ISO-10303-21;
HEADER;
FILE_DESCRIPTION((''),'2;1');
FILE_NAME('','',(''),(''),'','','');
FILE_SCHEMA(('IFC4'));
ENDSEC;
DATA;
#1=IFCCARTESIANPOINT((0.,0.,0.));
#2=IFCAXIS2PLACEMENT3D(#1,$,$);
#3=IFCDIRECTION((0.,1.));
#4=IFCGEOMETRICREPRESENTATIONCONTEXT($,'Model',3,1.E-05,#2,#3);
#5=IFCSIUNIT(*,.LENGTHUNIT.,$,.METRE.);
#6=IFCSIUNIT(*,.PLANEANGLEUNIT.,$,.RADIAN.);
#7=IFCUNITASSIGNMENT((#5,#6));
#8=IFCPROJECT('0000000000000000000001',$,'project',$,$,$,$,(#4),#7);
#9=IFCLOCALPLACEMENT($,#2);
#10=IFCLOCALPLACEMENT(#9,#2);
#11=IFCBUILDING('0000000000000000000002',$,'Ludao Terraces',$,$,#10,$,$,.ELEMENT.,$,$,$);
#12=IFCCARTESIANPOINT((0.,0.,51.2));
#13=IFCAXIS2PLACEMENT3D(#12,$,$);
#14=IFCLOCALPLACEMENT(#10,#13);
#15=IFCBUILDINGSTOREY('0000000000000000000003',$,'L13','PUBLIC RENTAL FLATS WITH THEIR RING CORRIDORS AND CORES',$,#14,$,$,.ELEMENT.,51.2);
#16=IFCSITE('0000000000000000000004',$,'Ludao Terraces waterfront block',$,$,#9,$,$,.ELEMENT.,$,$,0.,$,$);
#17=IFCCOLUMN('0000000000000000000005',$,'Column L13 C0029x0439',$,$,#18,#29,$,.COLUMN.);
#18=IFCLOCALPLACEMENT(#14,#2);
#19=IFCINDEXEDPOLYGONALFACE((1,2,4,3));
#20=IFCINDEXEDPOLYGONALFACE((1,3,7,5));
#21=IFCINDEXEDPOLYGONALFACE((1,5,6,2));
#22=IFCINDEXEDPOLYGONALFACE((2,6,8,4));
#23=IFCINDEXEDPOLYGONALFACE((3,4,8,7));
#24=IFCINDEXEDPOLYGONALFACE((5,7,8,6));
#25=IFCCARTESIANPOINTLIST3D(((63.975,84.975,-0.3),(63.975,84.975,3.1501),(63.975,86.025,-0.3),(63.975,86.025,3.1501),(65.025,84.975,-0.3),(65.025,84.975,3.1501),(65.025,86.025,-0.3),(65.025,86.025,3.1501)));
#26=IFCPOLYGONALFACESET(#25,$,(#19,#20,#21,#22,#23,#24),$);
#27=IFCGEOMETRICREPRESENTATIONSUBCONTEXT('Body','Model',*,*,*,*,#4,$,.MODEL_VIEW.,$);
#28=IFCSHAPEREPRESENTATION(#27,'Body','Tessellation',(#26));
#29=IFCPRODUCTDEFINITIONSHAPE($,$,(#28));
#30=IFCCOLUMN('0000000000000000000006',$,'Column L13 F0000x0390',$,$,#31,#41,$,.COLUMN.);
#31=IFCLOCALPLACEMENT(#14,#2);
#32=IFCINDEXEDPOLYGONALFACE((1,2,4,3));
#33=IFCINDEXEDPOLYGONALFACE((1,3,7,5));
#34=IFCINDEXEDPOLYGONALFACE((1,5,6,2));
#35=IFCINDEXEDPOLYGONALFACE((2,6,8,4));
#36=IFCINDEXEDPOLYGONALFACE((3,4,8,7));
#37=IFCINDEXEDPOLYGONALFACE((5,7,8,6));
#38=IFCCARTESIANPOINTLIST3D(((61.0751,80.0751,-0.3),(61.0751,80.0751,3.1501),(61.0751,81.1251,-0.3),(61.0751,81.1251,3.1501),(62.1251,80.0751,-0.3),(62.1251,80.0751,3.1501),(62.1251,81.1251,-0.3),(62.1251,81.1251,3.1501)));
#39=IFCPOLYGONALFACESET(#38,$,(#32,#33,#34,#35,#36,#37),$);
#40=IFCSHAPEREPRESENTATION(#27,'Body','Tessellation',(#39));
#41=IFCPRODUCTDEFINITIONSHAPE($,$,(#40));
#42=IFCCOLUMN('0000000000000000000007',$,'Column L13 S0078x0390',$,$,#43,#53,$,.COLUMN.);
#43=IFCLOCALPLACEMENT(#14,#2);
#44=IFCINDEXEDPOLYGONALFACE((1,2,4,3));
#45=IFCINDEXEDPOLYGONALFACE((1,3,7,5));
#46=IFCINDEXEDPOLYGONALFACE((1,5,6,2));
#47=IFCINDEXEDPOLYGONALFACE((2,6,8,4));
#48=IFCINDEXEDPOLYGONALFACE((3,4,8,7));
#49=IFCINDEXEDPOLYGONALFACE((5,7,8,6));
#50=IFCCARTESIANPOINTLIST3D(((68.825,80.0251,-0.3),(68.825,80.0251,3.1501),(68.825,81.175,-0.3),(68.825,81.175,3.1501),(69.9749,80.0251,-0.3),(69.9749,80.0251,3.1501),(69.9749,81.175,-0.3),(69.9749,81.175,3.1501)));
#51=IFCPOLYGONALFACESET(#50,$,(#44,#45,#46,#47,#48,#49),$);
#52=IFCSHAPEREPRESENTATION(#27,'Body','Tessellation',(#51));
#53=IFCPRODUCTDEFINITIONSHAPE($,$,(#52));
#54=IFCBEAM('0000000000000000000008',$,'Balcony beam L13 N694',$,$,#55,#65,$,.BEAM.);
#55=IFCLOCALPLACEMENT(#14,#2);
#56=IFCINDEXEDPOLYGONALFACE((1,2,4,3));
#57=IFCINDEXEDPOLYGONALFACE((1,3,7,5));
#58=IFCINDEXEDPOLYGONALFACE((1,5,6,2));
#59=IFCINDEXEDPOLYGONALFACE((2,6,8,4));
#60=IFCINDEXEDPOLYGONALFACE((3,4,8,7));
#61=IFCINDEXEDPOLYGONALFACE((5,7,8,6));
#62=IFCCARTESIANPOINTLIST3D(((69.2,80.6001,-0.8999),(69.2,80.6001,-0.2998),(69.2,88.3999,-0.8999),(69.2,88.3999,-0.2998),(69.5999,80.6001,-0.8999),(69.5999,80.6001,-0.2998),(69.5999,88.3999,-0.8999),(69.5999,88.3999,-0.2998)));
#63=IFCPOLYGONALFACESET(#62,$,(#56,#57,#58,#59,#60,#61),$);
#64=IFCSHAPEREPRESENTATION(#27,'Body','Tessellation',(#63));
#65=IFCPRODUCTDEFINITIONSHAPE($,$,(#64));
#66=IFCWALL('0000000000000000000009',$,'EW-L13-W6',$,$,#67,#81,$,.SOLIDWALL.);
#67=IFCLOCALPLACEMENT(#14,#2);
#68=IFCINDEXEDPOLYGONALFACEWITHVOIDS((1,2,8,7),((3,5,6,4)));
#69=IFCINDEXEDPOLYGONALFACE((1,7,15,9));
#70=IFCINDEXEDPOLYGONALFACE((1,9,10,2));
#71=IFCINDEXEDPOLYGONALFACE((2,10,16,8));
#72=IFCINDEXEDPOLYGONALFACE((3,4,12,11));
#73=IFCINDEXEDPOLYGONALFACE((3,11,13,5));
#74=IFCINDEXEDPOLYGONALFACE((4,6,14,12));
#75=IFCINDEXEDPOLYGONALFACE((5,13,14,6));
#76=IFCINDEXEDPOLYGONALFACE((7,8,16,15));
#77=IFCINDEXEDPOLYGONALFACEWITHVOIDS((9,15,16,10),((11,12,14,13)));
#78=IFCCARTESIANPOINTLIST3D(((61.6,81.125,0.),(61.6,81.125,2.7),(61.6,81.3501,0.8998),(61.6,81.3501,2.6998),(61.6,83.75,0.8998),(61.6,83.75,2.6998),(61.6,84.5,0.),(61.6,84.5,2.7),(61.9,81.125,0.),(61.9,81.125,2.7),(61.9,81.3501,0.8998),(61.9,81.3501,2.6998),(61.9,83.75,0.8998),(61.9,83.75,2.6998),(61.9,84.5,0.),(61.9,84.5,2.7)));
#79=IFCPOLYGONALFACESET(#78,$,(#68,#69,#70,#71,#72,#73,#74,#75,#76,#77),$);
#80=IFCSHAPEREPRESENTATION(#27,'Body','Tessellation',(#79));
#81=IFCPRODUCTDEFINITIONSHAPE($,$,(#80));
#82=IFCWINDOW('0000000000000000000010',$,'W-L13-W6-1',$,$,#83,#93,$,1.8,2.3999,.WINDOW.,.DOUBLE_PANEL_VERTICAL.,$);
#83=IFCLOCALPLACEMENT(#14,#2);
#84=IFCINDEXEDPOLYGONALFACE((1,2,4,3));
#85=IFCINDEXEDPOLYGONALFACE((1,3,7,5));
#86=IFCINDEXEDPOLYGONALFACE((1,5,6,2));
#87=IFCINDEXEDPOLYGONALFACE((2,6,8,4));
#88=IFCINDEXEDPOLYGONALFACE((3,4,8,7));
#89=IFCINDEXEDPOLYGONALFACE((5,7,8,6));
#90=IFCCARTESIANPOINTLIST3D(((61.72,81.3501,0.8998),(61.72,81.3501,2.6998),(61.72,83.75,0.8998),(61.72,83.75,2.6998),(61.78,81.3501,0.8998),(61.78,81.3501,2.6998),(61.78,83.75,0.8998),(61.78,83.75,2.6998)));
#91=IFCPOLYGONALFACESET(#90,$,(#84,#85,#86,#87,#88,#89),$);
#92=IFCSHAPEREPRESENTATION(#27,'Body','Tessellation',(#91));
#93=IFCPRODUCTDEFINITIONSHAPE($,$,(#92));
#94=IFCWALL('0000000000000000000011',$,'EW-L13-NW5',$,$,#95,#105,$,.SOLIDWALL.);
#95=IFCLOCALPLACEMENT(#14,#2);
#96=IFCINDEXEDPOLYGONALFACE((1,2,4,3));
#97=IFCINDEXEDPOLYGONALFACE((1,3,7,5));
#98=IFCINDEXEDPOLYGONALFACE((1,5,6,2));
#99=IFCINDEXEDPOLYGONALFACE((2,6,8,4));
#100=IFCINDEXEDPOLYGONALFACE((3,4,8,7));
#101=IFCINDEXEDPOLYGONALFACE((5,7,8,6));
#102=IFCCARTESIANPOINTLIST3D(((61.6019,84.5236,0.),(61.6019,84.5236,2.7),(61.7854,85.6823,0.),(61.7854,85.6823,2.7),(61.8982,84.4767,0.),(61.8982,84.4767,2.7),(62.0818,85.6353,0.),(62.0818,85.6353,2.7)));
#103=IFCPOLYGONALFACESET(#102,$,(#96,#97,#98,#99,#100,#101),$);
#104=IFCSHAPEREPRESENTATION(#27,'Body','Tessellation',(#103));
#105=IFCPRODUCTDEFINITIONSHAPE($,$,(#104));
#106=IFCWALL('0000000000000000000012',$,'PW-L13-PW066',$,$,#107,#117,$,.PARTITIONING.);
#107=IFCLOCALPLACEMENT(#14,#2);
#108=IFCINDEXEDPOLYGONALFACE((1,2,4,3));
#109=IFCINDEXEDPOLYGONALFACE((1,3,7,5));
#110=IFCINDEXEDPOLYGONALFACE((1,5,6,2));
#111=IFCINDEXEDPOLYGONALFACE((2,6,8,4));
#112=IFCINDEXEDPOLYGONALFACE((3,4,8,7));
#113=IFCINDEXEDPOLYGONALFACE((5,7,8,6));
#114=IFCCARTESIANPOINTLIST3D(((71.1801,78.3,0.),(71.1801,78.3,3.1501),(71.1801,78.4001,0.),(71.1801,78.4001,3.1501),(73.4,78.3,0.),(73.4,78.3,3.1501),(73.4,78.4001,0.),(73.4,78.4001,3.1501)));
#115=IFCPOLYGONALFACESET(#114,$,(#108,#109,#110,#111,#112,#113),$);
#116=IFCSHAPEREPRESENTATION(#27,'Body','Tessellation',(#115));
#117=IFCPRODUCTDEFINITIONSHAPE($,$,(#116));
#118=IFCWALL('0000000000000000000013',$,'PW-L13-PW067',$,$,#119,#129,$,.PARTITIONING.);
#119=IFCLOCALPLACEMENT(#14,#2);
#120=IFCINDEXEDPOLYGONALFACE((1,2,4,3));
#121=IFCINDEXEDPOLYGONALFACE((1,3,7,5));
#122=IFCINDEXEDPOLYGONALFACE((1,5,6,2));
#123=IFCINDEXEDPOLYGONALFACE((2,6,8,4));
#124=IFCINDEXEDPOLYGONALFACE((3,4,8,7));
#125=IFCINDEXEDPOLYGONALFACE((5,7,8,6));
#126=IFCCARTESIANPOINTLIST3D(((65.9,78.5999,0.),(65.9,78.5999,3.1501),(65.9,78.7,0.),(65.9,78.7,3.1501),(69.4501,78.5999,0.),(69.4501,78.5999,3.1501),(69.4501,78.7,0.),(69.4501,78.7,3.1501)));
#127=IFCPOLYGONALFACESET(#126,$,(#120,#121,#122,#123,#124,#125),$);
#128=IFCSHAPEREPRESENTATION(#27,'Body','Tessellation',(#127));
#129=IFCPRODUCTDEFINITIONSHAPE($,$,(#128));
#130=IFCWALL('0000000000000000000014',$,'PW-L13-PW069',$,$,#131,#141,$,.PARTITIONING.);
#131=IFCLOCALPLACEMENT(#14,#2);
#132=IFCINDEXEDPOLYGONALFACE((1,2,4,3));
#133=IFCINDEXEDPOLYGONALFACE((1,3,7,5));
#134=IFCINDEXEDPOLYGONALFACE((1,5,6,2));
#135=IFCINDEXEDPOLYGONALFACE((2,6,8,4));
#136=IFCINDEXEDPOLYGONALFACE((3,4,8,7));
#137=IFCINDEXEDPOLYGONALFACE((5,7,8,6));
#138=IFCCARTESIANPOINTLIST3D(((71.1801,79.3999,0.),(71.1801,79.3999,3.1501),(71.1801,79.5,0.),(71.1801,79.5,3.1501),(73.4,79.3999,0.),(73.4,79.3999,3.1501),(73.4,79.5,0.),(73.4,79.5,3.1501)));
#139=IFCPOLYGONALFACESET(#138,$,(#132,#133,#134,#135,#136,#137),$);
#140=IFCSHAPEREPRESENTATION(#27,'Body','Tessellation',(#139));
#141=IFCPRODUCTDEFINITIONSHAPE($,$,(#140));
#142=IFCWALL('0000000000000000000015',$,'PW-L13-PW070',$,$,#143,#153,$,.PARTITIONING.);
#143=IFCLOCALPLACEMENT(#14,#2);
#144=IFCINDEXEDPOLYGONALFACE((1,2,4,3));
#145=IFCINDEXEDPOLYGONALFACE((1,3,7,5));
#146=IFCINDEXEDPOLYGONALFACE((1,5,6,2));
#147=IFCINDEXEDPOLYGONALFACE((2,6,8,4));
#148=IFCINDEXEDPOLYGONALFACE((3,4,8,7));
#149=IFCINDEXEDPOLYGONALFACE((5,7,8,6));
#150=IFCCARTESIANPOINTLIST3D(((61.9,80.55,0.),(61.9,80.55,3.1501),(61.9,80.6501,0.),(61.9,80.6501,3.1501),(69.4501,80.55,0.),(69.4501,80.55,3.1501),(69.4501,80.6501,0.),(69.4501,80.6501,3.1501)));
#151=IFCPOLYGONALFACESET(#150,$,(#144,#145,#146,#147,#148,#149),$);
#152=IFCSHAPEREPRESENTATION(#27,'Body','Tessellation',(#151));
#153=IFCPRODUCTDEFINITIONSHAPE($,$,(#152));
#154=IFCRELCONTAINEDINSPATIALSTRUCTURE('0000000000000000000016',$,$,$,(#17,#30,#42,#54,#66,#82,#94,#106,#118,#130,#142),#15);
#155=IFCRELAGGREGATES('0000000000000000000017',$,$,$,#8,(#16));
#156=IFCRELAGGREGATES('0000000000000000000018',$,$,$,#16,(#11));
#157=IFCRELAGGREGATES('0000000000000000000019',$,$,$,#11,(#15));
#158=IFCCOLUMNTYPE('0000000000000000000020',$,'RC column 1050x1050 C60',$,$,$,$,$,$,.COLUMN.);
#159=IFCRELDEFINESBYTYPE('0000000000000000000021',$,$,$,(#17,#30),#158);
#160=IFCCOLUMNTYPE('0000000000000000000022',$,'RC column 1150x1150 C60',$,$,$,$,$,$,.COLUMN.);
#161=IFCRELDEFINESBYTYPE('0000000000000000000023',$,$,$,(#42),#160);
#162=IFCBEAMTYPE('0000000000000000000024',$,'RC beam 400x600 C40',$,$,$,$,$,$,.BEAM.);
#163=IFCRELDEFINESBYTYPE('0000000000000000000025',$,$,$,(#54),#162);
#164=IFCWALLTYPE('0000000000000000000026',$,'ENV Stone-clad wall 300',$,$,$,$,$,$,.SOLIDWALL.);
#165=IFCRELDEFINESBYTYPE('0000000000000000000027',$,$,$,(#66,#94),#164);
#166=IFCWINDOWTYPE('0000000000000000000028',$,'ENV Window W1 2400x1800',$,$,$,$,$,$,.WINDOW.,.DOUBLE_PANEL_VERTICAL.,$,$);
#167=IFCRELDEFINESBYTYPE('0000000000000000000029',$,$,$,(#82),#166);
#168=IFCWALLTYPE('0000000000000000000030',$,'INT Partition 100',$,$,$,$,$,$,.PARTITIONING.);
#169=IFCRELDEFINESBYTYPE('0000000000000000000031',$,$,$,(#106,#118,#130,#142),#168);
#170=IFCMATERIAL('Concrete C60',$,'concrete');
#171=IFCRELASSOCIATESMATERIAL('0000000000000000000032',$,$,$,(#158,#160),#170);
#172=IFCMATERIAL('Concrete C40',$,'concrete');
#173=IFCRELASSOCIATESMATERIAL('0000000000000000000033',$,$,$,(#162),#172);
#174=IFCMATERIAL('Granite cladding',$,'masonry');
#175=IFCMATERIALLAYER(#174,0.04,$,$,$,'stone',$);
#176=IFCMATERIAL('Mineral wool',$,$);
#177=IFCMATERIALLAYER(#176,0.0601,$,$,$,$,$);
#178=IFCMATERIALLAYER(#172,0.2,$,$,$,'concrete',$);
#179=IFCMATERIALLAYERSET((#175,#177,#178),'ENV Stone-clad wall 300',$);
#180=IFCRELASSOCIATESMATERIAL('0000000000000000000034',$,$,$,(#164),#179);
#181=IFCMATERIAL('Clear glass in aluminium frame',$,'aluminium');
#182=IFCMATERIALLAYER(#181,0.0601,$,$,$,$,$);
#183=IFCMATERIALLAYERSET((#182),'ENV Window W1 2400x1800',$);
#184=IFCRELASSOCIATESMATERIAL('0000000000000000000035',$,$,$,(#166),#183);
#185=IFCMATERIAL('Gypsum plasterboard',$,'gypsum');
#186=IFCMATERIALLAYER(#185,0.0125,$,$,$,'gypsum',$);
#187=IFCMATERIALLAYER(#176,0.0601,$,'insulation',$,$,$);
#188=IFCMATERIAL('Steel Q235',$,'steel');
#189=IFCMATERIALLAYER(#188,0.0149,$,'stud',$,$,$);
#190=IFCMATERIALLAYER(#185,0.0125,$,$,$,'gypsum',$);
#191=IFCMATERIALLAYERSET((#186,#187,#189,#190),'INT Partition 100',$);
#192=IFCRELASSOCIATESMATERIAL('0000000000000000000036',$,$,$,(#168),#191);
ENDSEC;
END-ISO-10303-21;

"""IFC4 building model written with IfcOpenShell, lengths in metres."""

from ifc_helpers import new_model, si_unit, direction, frame, frame_2d, origin, origin_2d, place, context, subcontext, project, spatial, rectangle, extrude, material, layer, layer_set, material_profile, profile_set, type_object, element, fill, save


model = new_model("IFC4")

# Units and contexts
model_context = context("Model", 3, precision=1e-05, world=origin(), true_north=direction((0.0, 1.0)))
body_context = subcontext(model_context, "Body", "Model", "MODEL_VIEW")
ifc_project = project(units=[si_unit("LENGTHUNIT", "METRE"), si_unit("PLANEANGLEUNIT", "RADIAN")], contexts=[model_context])

# Site, building, storey
site_placement = place(None, origin())
site = spatial("IfcSite", under=ifc_project, at=site_placement, Name="Ludao Terraces waterfront block", CompositionType="ELEMENT", RefElevation=0.0)
building_placement = place(site_placement, origin())
building = spatial("IfcBuilding", under=site, at=building_placement, Name="Ludao Terraces", CompositionType="ELEMENT")
storey_placement = place(building_placement, frame((0.0, 0.0, 51.2)))
storey = spatial("IfcBuildingStorey", under=building, at=storey_placement, Name="L13", Description="PUBLIC RENTAL FLATS WITH THEIR RING CORRIDORS AND CORES", CompositionType="ELEMENT", Elevation=51.2)

# Columns
ifc_material_1 = material(Name="Concrete C60", Category="concrete")
ifc_material_profile_1 = material_profile(ifc_material_1, rectangle(XDim=1.05, YDim=1.05, at=origin_2d()), Name="1050 X 1050")
ifc_profile_set_1 = profile_set([ifc_material_profile_1], Name="Concrete C60")
column_type_1 = type_object("IfcColumnType", Name="RC column 1050x1050 C60", PredefinedType="COLUMN", material=ifc_profile_set_1)
for number, where, z_axis, x_axis, name in (
    (1, (64.5, 85.5, -0.3), (0.0, 0.0, 1.0), (1.0, 0.0, 0.0), "Column L13 C0029x0439"),
    (2, (61.6001, 80.6001, -0.3), (0.0, 0.0, 1.0), (1.0, 0.0, 0.0), "Column L13 F0000x0390"),
):
    element("IfcColumn", number, at=place(storey_placement, frame(where, z_axis=z_axis, x_axis=x_axis)), inside=storey, type_object=column_type_1, Name=name, PredefinedType="COLUMN", context=body_context, shape_type="SweptSolid", body=[
        extrude(rectangle(XDim=1.05, YDim=1.05, at=origin_2d()), origin(), (0.0, 0.0, 1.0), 3.4502),
    ])
ifc_material_profile_2 = material_profile(ifc_material_1, rectangle(XDim=1.1499, YDim=1.1499, at=origin_2d()), Name="1150 X 1150")
ifc_profile_set_2 = profile_set([ifc_material_profile_2], Name="Concrete C60")
column_type_2 = type_object("IfcColumnType", Name="RC column 1150x1150 C60", PredefinedType="COLUMN", material=ifc_profile_set_2)
column_placement = place(storey_placement, frame((69.3999, 80.6001, -0.3), z_axis=(0.0, 0.0, 1.0), x_axis=(1.0, 0.0, 0.0)))
element("IfcColumn", 3, at=column_placement, inside=storey, type_object=column_type_2, Name="Column L13 S0078x0390", PredefinedType="COLUMN", context=body_context, shape_type="SweptSolid", body=[
    extrude(rectangle(XDim=1.1499, YDim=1.1499, at=origin_2d()), origin(), (0.0, 0.0, 1.0), 3.4502),
])

# Beam
ifc_material_2 = material(Name="Concrete C40", Category="concrete")
ifc_material_profile_3 = material_profile(ifc_material_2, rectangle(XDim=0.3999, YDim=0.6001, at=origin_2d()), Name="400 X 600")
ifc_profile_set_3 = profile_set([ifc_material_profile_3], Name="Concrete C40")
beam_type = type_object("IfcBeamType", Name="RC beam 400x600 C40", PredefinedType="BEAM", material=ifc_profile_set_3)
beam_placement = place(storey_placement, frame((69.3999, 80.6001, -0.5999), z_axis=(0.0, 1.0, 0.0), x_axis=(-1.0, 0.0, 0.0)))
element("IfcBeam", 4, at=beam_placement, inside=storey, type_object=beam_type, Name="Balcony beam L13 N694", PredefinedType="BEAM", context=body_context, shape_type="SweptSolid", body=[
    extrude(rectangle(XDim=0.3999, YDim=0.6001, at=origin_2d()), origin(), (0.0, 0.0, 1.0), 7.7998),
])

# Wall, opening, window
ifc_material_3 = material(Name="Granite cladding", Category="masonry")
ifc_layer_1 = layer(ifc_material_3, 0.04, Category="stone")
ifc_material_4 = material(Name="Mineral wool")
ifc_layer_2 = layer(ifc_material_4, 0.0601)
ifc_layer_3 = layer(ifc_material_2, 0.2, Category="concrete")
ifc_layer_set_1 = layer_set([ifc_layer_1, ifc_layer_2, ifc_layer_3], Name="ENV Stone-clad wall 300")
wall_type_1 = type_object("IfcWallType", Name="ENV Stone-clad wall 300", PredefinedType="SOLIDWALL", material=ifc_layer_set_1)
wall_1_placement = place(storey_placement, frame((61.75, 81.125, 0.0), z_axis=(0.0, 0.0, 1.0), x_axis=(0.0, 1.0, 0.0)))
wall_1 = element("IfcWall", 5, at=wall_1_placement, inside=storey, type_object=wall_type_1, Name="EW-L13-W6", PredefinedType="SOLIDWALL", context=body_context, shape_type="SweptSolid", body=[
    extrude(rectangle(XDim=3.375, YDim=0.3, at=frame_2d((1.6875, 0.0))), origin(), (0.0, 0.0, 1.0), 2.7),
])
opening_1_placement = place(wall_1_placement, frame((0.2251, 0.0, 0.8999)))
opening_1 = element("IfcOpeningElement", 6, at=opening_1_placement, cuts=wall_1, PredefinedType="OPENING", context=body_context, shape_type="SweptSolid", body=[
    extrude(rectangle(XDim=2.3999, YDim=1.8, at=frame_2d((1.2, 0.8999))), frame((0.0, 0.1602, 0.0), z_axis=(0.0, -1.0, 0.0), x_axis=(1.0, 0.0, 0.0)), (0.0, 0.0, 1.0), 0.3201),
])
ifc_material_5 = material(Name="Clear glass in aluminium frame", Category="aluminium")
ifc_layer_4 = layer(ifc_material_5, 0.0601)
ifc_layer_set_2 = layer_set([ifc_layer_4], Name="ENV Window W1 2400x1800")
window_type = type_object("IfcWindowType", Name="ENV Window W1 2400x1800", PartitioningType="DOUBLE_PANEL_VERTICAL", PredefinedType="WINDOW", material=ifc_layer_set_2)
window_placement = place(opening_1_placement, origin())
window = element("IfcWindow", 7, at=window_placement, inside=storey, type_object=window_type, Name="W-L13-W6-1", OverallHeight=1.8, OverallWidth=2.3999, PartitioningType="DOUBLE_PANEL_VERTICAL", PredefinedType="WINDOW", context=body_context, shape_type="SweptSolid", body=[
    extrude(rectangle(XDim=2.3999, YDim=1.8, at=frame_2d((1.2, 0.8999))), frame((0.0, 0.03, 0.0), z_axis=(0.0, -1.0, 0.0), x_axis=(1.0, 0.0, 0.0)), (0.0, 0.0, 1.0), 0.0601),
])
fill(opening_1, window)

# Walls
wall_2_placement = place(storey_placement, frame((61.9336, 85.6587, 0.0), z_axis=(0.0, 0.0, 1.0), x_axis=(-0.156497, -0.987678, 0.0)))
element("IfcWall", 8, at=wall_2_placement, inside=storey, type_object=wall_type_1, Name="EW-L13-NW5", PredefinedType="SOLIDWALL", context=body_context, shape_type="SweptSolid", body=[
    extrude(rectangle(XDim=1.1731, YDim=0.3, at=frame_2d((0.5864, 0.0))), origin(), (0.0, 0.0, 1.0), 2.7),
])
ifc_material_6 = material(Name="Gypsum plasterboard", Category="gypsum")
ifc_layer_5 = layer(ifc_material_6, 0.0125, Category="gypsum")
ifc_layer_6 = layer(ifc_material_4, 0.0601, Name="insulation")
ifc_material_7 = material(Name="Steel Q235", Category="steel")
ifc_layer_7 = layer(ifc_material_7, 0.0149, Name="stud")
ifc_layer_8 = layer(ifc_material_6, 0.0125, Category="gypsum")
ifc_layer_set_3 = layer_set([ifc_layer_5, ifc_layer_6, ifc_layer_7, ifc_layer_8], Name="INT Partition 100")
wall_type_2 = type_object("IfcWallType", Name="INT Partition 100", PredefinedType="PARTITIONING", material=ifc_layer_set_3)
wall_3_placement = place(storey_placement, frame((71.1802, 78.3501, 0.0), z_axis=(0.0, 0.0, 1.0), x_axis=(1.0, 0.0, 0.0)))
element("IfcWall", 9, at=wall_3_placement, inside=storey, type_object=wall_type_2, Name="PW-L13-PW066", PredefinedType="PARTITIONING", context=body_context, shape_type="SweptSolid", body=[
    extrude(rectangle(XDim=2.22, YDim=0.1001, at=frame_2d((1.1099, 0.0))), origin(), (0.0, 0.0, 1.0), 3.1501),
])
wall_4_placement = place(storey_placement, frame((65.9001, 78.6499, 0.0), z_axis=(0.0, 0.0, 1.0), x_axis=(1.0, 0.0, 0.0)))
element("IfcWall", 10, at=wall_4_placement, inside=storey, type_object=wall_type_2, Name="PW-L13-PW067", PredefinedType="PARTITIONING", context=body_context, shape_type="SweptSolid", body=[
    extrude(rectangle(XDim=3.55, YDim=0.1001, at=frame_2d((1.7749, 0.0))), origin(), (0.0, 0.0, 1.0), 3.1501),
])
wall_5_placement = place(storey_placement, frame((71.1802, 79.45, 0.0), z_axis=(0.0, 0.0, 1.0), x_axis=(1.0, 0.0, 0.0)))
element("IfcWall", 11, at=wall_5_placement, inside=storey, type_object=wall_type_2, Name="PW-L13-PW069", PredefinedType="PARTITIONING", context=body_context, shape_type="SweptSolid", body=[
    extrude(rectangle(XDim=2.22, YDim=0.1001, at=frame_2d((1.1099, 0.0))), origin(), (0.0, 0.0, 1.0), 3.1501),
])
wall_6_placement = place(storey_placement, frame((61.9001, 80.6001, 0.0), z_axis=(0.0, 0.0, 1.0), x_axis=(1.0, 0.0, 0.0)))
element("IfcWall", 12, at=wall_6_placement, inside=storey, type_object=wall_type_2, Name="PW-L13-PW070", PredefinedType="PARTITIONING", context=body_context, shape_type="SweptSolid", body=[
    extrude(rectangle(XDim=7.55, YDim=0.1001, at=frame_2d((3.7749, 0.0))), origin(), (0.0, 0.0, 1.0), 3.1501),
])

save(model, "model.ifc")
